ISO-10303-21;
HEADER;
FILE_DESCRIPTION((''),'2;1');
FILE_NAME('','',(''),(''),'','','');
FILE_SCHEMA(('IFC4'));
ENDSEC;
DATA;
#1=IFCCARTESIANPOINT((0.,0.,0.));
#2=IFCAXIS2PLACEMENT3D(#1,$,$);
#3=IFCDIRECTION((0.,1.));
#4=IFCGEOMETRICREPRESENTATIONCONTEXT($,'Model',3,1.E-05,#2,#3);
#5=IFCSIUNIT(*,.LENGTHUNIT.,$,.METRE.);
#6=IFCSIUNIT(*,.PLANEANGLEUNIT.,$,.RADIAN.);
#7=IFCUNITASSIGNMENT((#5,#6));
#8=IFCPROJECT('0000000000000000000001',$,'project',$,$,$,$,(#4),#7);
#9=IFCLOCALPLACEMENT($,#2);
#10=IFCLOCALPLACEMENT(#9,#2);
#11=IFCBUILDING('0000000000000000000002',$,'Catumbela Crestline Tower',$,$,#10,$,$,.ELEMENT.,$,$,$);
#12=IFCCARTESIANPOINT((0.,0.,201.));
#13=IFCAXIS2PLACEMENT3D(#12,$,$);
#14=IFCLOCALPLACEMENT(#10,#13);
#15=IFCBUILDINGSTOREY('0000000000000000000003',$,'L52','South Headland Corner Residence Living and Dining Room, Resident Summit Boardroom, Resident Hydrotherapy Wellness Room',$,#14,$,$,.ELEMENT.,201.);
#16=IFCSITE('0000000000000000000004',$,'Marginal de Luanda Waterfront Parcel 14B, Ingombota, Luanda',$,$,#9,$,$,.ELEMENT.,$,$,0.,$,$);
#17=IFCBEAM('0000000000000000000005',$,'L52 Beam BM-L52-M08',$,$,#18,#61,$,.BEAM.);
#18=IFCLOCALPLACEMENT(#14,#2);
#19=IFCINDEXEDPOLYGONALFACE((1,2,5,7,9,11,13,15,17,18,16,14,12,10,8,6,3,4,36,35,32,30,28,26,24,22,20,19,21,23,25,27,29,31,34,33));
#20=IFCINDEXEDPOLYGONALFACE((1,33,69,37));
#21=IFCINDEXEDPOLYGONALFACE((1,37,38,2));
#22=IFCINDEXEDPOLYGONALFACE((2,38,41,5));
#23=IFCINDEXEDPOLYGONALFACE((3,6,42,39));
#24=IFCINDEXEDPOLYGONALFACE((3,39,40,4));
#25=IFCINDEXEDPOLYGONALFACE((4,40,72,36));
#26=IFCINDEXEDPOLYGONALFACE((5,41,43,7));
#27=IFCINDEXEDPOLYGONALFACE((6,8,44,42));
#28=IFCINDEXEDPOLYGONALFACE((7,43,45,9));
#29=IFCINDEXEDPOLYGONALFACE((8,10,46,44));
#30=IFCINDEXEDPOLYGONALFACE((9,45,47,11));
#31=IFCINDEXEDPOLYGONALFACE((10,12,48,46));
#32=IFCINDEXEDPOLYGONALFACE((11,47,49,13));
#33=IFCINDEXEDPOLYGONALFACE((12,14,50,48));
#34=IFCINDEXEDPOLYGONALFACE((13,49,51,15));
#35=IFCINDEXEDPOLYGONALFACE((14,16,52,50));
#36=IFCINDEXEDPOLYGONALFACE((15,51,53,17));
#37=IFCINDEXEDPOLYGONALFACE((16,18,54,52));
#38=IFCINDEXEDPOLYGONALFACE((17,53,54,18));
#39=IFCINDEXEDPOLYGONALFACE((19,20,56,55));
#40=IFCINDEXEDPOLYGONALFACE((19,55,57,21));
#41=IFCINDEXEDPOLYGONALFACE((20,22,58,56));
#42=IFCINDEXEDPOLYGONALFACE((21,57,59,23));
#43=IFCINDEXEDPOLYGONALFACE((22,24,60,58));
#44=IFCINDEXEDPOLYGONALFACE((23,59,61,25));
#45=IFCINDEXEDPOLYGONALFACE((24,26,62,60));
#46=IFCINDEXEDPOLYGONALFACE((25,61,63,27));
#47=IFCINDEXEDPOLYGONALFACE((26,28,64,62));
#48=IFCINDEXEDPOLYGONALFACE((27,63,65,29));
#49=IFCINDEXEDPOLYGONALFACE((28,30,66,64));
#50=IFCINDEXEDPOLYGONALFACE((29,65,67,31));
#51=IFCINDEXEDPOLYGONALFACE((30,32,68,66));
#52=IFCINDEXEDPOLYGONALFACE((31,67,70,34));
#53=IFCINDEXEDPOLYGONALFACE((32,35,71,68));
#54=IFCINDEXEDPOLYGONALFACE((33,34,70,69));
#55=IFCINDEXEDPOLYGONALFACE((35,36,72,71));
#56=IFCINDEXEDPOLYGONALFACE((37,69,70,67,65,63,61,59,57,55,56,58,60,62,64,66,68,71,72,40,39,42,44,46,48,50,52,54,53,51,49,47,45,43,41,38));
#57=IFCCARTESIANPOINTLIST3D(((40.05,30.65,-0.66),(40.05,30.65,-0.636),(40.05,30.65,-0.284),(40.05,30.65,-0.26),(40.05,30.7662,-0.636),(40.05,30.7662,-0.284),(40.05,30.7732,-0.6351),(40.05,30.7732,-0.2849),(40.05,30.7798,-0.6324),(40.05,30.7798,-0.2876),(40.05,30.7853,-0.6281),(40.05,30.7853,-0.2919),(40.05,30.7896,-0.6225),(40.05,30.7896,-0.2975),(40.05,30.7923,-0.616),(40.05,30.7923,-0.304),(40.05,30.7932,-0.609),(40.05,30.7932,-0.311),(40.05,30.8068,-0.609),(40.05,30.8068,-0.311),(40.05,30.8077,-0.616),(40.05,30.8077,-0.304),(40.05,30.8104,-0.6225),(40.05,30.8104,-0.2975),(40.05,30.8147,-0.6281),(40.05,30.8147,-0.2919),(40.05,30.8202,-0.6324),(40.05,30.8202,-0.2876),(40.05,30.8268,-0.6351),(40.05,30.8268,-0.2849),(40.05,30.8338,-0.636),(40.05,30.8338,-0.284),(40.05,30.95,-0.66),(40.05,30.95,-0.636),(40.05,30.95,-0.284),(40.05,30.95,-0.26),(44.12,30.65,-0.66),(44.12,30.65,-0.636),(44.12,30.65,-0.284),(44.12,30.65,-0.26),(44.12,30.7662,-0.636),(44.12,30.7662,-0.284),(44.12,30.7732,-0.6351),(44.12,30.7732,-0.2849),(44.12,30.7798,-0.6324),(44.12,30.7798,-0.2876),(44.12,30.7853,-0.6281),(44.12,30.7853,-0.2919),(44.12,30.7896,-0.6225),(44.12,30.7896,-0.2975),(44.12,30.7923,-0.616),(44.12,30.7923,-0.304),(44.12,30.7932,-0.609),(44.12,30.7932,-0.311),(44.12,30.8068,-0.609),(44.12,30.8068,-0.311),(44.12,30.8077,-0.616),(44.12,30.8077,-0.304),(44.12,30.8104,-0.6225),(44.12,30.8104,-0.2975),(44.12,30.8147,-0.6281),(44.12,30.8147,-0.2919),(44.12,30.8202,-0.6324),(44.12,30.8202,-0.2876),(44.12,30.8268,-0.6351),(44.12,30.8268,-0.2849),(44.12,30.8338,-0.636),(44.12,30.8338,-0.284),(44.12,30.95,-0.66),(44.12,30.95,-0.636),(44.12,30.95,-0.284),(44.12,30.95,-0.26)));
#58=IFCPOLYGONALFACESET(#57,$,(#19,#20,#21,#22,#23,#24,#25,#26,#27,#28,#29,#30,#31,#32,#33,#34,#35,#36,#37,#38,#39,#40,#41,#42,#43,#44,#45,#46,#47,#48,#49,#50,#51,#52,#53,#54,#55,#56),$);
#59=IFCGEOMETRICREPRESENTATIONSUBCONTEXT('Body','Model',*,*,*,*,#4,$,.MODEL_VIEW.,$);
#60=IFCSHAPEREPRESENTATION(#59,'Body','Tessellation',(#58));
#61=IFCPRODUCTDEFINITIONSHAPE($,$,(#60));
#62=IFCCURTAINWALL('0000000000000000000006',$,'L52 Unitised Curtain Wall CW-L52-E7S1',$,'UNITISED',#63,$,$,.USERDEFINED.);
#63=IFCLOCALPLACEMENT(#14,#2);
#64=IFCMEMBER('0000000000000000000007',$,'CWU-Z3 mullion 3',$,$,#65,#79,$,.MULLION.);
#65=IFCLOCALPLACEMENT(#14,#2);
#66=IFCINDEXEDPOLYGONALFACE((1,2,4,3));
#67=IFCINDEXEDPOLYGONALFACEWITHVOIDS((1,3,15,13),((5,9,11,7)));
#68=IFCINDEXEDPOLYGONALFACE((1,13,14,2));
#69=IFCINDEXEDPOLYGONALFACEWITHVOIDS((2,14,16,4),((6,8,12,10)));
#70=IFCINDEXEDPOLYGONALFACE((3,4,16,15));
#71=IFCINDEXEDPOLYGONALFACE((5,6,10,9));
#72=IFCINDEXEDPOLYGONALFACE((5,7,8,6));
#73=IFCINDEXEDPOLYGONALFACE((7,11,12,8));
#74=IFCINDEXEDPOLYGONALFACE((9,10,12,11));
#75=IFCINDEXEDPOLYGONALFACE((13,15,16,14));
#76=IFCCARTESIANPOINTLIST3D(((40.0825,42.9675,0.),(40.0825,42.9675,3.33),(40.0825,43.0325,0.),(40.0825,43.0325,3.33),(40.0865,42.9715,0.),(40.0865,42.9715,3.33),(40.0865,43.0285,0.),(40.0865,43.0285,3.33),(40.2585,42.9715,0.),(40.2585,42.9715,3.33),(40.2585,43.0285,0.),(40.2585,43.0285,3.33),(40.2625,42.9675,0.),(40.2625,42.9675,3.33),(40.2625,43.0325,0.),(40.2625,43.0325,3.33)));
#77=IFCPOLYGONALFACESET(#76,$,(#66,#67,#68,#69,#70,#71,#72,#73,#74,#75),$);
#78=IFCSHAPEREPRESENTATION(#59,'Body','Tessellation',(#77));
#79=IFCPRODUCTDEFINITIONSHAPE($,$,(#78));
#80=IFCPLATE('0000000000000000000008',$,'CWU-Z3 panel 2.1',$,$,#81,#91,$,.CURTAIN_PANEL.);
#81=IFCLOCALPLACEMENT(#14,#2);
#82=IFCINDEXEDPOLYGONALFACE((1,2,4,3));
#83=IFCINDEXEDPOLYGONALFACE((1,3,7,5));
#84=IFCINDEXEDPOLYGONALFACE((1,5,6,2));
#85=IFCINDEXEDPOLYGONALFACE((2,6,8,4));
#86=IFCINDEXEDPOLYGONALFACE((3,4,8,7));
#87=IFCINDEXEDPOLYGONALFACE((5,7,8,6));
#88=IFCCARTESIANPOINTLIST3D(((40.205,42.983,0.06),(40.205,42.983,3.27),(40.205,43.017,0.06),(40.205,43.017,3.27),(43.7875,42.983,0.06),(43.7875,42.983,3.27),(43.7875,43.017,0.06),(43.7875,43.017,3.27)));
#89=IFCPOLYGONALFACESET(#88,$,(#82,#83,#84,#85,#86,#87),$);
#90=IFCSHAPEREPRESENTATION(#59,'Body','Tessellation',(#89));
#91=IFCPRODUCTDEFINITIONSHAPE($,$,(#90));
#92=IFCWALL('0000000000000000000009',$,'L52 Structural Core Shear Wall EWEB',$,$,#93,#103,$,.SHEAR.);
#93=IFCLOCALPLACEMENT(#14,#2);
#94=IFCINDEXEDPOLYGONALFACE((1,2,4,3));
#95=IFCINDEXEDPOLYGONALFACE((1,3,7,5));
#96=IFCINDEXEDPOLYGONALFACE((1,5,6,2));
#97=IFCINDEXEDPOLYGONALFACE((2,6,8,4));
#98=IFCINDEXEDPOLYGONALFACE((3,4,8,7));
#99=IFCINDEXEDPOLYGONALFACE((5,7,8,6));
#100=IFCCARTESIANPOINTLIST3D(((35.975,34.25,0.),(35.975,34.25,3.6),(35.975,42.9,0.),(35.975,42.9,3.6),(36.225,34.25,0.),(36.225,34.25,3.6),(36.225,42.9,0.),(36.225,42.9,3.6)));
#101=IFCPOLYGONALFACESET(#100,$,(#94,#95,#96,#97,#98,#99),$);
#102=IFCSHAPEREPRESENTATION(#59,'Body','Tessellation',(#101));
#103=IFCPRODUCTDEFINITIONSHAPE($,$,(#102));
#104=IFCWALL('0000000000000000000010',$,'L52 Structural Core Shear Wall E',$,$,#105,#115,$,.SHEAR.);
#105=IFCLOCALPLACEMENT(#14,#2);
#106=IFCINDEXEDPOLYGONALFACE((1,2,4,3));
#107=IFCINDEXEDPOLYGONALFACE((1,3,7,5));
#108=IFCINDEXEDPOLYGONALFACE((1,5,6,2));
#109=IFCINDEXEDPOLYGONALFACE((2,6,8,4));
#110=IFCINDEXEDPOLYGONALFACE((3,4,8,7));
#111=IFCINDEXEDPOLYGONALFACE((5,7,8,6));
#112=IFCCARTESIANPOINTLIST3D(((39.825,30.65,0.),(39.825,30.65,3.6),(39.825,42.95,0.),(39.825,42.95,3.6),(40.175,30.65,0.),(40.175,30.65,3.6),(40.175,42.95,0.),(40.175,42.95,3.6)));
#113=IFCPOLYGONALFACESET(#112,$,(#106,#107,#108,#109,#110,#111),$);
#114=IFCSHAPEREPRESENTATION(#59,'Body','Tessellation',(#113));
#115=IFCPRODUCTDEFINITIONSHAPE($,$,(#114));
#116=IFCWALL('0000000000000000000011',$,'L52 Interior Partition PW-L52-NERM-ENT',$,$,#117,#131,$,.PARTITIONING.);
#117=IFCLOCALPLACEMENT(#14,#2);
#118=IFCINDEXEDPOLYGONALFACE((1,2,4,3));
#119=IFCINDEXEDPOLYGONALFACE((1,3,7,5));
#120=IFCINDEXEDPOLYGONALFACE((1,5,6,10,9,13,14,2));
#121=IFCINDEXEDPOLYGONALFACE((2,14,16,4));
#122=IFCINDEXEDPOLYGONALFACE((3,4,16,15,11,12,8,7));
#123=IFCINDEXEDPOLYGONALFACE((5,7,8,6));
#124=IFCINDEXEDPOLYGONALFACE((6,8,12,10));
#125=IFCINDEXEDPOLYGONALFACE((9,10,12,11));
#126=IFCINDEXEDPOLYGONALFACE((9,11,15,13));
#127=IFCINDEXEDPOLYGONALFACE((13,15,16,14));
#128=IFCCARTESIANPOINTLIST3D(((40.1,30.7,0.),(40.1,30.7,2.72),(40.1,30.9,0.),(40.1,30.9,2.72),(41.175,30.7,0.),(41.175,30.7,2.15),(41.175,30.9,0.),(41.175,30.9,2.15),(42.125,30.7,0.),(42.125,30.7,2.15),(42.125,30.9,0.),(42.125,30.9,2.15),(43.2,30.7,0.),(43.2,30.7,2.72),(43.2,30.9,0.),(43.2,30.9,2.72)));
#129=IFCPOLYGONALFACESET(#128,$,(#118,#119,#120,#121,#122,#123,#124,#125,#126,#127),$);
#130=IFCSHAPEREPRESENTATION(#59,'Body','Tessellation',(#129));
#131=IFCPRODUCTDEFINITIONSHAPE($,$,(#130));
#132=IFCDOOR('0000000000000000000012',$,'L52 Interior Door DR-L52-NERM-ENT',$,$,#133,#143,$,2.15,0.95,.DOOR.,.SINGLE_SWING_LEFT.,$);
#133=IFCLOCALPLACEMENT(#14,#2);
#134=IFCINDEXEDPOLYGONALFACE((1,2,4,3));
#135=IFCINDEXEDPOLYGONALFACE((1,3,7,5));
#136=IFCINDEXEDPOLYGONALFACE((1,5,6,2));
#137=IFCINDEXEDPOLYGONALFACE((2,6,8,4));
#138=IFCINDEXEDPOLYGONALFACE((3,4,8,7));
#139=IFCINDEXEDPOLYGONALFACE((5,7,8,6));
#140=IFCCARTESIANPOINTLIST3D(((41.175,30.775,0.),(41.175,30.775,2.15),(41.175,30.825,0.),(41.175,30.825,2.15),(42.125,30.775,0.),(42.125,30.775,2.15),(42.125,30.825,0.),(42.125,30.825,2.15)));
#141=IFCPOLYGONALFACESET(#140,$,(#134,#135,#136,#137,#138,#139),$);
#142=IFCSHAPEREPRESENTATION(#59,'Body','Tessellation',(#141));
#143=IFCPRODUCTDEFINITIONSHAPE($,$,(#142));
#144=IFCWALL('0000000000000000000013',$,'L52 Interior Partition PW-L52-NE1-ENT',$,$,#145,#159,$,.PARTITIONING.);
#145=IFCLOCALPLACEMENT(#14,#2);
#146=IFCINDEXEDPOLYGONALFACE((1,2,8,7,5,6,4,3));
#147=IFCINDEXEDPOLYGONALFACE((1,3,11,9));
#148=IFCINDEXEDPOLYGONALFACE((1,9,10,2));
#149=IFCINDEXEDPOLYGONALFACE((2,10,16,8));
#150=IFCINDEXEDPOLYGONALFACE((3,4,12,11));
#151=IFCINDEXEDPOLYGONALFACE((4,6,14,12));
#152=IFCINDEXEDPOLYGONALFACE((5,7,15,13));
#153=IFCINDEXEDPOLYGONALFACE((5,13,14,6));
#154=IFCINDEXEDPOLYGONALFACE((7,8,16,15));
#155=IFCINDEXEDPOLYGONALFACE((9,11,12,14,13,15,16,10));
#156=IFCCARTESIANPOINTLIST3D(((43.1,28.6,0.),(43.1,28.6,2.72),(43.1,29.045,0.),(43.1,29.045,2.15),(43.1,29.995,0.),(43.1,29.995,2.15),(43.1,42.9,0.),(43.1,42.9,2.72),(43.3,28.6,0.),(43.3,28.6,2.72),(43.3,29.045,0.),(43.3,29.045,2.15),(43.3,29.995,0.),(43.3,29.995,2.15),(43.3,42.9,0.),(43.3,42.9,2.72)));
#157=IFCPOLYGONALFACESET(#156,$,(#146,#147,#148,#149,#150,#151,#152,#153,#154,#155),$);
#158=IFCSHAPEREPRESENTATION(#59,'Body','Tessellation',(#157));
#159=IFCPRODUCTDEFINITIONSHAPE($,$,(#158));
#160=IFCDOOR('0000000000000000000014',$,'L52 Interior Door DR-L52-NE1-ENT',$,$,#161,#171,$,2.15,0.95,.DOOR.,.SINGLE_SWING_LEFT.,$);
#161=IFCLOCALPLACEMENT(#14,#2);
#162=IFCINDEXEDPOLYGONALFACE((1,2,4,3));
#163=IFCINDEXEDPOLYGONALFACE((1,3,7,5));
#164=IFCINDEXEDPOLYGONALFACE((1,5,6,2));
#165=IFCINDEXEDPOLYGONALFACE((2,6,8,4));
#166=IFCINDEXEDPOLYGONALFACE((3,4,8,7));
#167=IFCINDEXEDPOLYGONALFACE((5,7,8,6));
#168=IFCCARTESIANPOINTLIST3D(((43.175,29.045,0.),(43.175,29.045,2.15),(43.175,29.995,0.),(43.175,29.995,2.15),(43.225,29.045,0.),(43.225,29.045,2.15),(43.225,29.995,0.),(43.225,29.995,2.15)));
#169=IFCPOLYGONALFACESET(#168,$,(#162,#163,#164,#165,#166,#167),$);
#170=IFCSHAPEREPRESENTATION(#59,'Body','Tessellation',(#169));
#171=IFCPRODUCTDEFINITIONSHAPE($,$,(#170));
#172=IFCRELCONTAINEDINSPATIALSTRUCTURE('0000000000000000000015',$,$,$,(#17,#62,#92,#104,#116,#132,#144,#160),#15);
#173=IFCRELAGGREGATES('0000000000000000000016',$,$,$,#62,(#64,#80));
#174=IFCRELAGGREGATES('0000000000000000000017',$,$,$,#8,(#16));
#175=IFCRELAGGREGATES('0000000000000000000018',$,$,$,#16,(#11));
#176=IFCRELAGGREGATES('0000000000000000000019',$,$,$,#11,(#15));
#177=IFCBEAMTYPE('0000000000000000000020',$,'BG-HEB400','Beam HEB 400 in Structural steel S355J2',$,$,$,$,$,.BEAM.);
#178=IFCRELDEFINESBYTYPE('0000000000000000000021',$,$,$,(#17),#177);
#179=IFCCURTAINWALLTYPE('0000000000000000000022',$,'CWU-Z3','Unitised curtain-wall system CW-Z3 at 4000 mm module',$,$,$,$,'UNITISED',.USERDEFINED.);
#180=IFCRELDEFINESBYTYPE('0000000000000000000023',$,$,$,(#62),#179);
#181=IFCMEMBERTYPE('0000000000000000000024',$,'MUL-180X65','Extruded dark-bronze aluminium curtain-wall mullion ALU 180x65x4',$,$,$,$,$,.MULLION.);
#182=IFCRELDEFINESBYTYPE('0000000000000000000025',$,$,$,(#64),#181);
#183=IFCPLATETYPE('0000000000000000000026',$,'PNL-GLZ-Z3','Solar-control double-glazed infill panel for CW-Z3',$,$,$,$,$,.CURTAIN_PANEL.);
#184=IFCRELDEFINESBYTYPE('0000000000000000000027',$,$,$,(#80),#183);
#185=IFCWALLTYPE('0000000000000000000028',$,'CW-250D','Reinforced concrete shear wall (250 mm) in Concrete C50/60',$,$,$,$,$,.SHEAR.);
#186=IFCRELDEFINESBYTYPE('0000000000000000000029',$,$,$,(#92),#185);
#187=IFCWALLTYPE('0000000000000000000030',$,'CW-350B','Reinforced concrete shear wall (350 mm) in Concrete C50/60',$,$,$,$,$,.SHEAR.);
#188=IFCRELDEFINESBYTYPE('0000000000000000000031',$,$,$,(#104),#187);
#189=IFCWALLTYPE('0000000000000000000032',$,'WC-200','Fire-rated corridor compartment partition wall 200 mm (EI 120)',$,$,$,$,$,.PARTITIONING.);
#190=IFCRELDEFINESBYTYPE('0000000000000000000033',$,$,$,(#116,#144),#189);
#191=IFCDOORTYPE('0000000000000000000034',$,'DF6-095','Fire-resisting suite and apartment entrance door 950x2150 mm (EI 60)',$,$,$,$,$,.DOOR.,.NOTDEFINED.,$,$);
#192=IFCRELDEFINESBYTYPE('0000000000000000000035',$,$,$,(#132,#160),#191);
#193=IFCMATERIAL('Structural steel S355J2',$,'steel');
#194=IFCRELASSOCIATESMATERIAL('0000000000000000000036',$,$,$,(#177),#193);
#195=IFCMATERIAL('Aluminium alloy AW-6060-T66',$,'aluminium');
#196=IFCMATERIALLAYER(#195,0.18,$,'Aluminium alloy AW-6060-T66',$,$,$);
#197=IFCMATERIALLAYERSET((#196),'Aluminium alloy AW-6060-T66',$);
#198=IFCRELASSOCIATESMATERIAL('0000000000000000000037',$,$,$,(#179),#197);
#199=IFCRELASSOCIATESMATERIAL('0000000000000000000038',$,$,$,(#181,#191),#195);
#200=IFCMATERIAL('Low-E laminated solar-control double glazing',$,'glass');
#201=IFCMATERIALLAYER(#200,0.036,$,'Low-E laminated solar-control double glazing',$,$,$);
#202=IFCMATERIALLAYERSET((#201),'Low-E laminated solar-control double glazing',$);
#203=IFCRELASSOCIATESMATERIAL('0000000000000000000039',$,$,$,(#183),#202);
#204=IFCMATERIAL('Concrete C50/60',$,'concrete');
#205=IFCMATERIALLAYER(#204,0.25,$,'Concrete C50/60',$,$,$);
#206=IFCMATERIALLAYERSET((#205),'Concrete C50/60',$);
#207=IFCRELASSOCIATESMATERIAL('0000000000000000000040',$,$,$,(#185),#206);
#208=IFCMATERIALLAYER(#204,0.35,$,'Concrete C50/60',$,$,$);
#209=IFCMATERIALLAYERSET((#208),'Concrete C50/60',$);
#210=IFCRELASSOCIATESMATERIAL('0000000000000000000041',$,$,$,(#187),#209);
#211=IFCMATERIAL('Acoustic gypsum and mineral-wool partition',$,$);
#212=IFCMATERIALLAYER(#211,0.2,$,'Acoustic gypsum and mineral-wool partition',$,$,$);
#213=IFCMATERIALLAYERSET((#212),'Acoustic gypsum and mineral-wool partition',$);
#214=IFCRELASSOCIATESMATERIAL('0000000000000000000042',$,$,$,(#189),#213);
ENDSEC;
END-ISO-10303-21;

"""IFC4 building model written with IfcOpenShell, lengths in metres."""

from ifc_helpers import new_model, si_unit, direction, frame, frame_2d, origin, origin_2d, place, context, subcontext, project, spatial, rectangle, hollow_rectangle, i_section, extrude, material, layer, layer_set, material_profile, profile_set, type_object, element, fill, aggregate, save


model = new_model("IFC4")

# Units and contexts
model_context = context("Model", 3, precision=1e-05, world=origin(), true_north=direction((0.0, 1.0)))
body_context = subcontext(model_context, "Body", "Model", "MODEL_VIEW")
ifc_project = project(units=[si_unit("LENGTHUNIT", "METRE"), si_unit("PLANEANGLEUNIT", "RADIAN")], contexts=[model_context])

# Site, building, storey
site_placement = place(None, origin())
site = spatial("IfcSite", under=ifc_project, at=site_placement, Name="Marginal de Luanda Waterfront Parcel 14B, Ingombota, Luanda", CompositionType="ELEMENT", RefElevation=0.0)
building_placement = place(site_placement, origin())
building = spatial("IfcBuilding", under=site, at=building_placement, Name="Catumbela Crestline Tower", CompositionType="ELEMENT")
storey_placement = place(building_placement, frame((0.0, 0.0, 201.0)))
storey = spatial("IfcBuildingStorey", under=building, at=storey_placement, Name="L52", Description="South Headland Corner Residence Living and Dining Room, Resident Summit Boardroom, Resident Hydrotherapy Wellness Room", CompositionType="ELEMENT", Elevation=201.0)

# Beam
ifc_material_1 = material(Name="Structural steel S355J2", Category="steel")
ifc_material_profile_1 = material_profile(ifc_material_1, i_section(OverallWidth=0.3, OverallDepth=0.4, WebThickness=0.0135, FlangeThickness=0.024, FilletRadius=0.027, at=origin_2d()), Name="HEB 400")
ifc_profile_set_1 = profile_set([ifc_material_profile_1], Name="Structural steel S355J2")
beam_type = type_object("IfcBeamType", Name="BG-HEB400", Description="Beam HEB 400 in Structural steel S355J2", PredefinedType="BEAM", material=ifc_profile_set_1)
beam_placement = place(storey_placement, frame((40.05, 30.8, -0.46), z_axis=(1.0, 0.0, 0.0), x_axis=(0.0, 1.0, 0.0)))
element("IfcBeam", 1, at=beam_placement, inside=storey, type_object=beam_type, Name="L52 Beam BM-L52-M08", PredefinedType="BEAM", context=body_context, shape_type="SweptSolid", body=[
    extrude(i_section(OverallWidth=0.3, OverallDepth=0.4, WebThickness=0.0135, FlangeThickness=0.024, FilletRadius=0.027, at=origin_2d()), origin(), (0.0, 0.0, 1.0), 4.07),
])

# Curtain wall, member, plate
ifc_material_2 = material(Name="Aluminium alloy AW-6060-T66", Category="aluminium")
ifc_layer_1 = layer(ifc_material_2, 0.18, Name="Aluminium alloy AW-6060-T66")
ifc_layer_set_1 = layer_set([ifc_layer_1], Name="Aluminium alloy AW-6060-T66")
curtain_wall_type = type_object("IfcCurtainWallType", Name="CWU-Z3", Description="Unitised curtain-wall system CW-Z3 at 4000 mm module", ElementType="UNITISED", PredefinedType="USERDEFINED", material=ifc_layer_set_1)
curtain_wall_placement = place(storey_placement, origin())
curtain_wall = element("IfcCurtainWall", 2, at=curtain_wall_placement, inside=storey, type_object=curtain_wall_type, Name="L52 Unitised Curtain Wall CW-L52-E7S1", ObjectType="UNITISED", PredefinedType="USERDEFINED")
ifc_material_profile_2 = material_profile(ifc_material_2, hollow_rectangle(XDim=0.065, YDim=0.18, WallThickness=0.004, at=origin_2d()), Name="ALU 180x65x4")
ifc_profile_set_2 = profile_set([ifc_material_profile_2], Name="Aluminium alloy AW-6060-T66")
member_type = type_object("IfcMemberType", Name="MUL-180X65", Description="Extruded dark-bronze aluminium curtain-wall mullion ALU 180x65x4", PredefinedType="MULLION", material=ifc_profile_set_2)
member_placement = place(storey_placement, frame((40.1725, 43.0, 0.0), z_axis=(0.0, 0.0, 1.0), x_axis=(0.0, -1.0, 0.0)))
member = element("IfcMember", 3, at=member_placement, type_object=member_type, Name="CWU-Z3 mullion 3", PredefinedType="MULLION", context=body_context, shape_type="SweptSolid", body=[
    extrude(hollow_rectangle(XDim=0.065, YDim=0.18, WallThickness=0.004, at=origin_2d()), origin(), (0.0, 0.0, 1.0), 3.33),
])
ifc_material_3 = material(Name="Low-E laminated solar-control double glazing", Category="glass")
ifc_layer_2 = layer(ifc_material_3, 0.036, Name="Low-E laminated solar-control double glazing")
ifc_layer_set_2 = layer_set([ifc_layer_2], Name="Low-E laminated solar-control double glazing")
plate_type = type_object("IfcPlateType", Name="PNL-GLZ-Z3", Description="Solar-control double-glazed infill panel for CW-Z3", PredefinedType="CURTAIN_PANEL", material=ifc_layer_set_2)
plate_placement = place(storey_placement, frame((41.9963, 43.0, 0.06), z_axis=(0.0, 0.0, 1.0), x_axis=(-1.0, 0.0, 0.0)))
plate = element("IfcPlate", 4, at=plate_placement, type_object=plate_type, Name="CWU-Z3 panel 2.1", PredefinedType="CURTAIN_PANEL", context=body_context, shape_type="SweptSolid", body=[
    extrude(rectangle(XDim=3.5825, YDim=0.034, at=origin_2d()), origin(), (0.0, 0.0, 1.0), 3.21),
])
aggregate(curtain_wall, [member, plate])

# Walls
ifc_material_4 = material(Name="Concrete C50/60", Category="concrete")
ifc_layer_3 = layer(ifc_material_4, 0.25, Name="Concrete C50/60")
ifc_layer_set_3 = layer_set([ifc_layer_3], Name="Concrete C50/60")
wall_type_1 = type_object("IfcWallType", Name="CW-250D", Description="Reinforced concrete shear wall (250 mm) in Concrete C50/60", PredefinedType="SHEAR", material=ifc_layer_set_3)
wall_1_placement = place(storey_placement, frame((36.1, 34.25, 0.0), z_axis=(0.0, 0.0, 1.0), x_axis=(0.0, 1.0, 0.0)))
element("IfcWall", 5, at=wall_1_placement, inside=storey, type_object=wall_type_1, Name="L52 Structural Core Shear Wall EWEB", PredefinedType="SHEAR", context=body_context, shape_type="SweptSolid", body=[
    extrude(rectangle(XDim=8.65, YDim=0.25, at=frame_2d((4.325, 0.0))), origin(), (0.0, 0.0, 1.0), 3.6),
])
ifc_layer_4 = layer(ifc_material_4, 0.35, Name="Concrete C50/60")
ifc_layer_set_4 = layer_set([ifc_layer_4], Name="Concrete C50/60")
wall_type_2 = type_object("IfcWallType", Name="CW-350B", Description="Reinforced concrete shear wall (350 mm) in Concrete C50/60", PredefinedType="SHEAR", material=ifc_layer_set_4)
wall_2_placement = place(storey_placement, frame((40.0, 30.65, 0.0), z_axis=(0.0, 0.0, 1.0), x_axis=(0.0, 1.0, 0.0)))
element("IfcWall", 6, at=wall_2_placement, inside=storey, type_object=wall_type_2, Name="L52 Structural Core Shear Wall E", PredefinedType="SHEAR", context=body_context, shape_type="SweptSolid", body=[
    extrude(rectangle(XDim=12.3, YDim=0.35, at=frame_2d((6.15, 0.0))), origin(), (0.0, 0.0, 1.0), 3.6),
])

# Walls, openings, doors
ifc_material_5 = material(Name="Acoustic gypsum and mineral-wool partition")
ifc_layer_5 = layer(ifc_material_5, 0.2, Name="Acoustic gypsum and mineral-wool partition")
ifc_layer_set_5 = layer_set([ifc_layer_5], Name="Acoustic gypsum and mineral-wool partition")
wall_type_3 = type_object("IfcWallType", Name="WC-200", Description="Fire-rated corridor compartment partition wall 200 mm (EI 120)", PredefinedType="PARTITIONING", material=ifc_layer_set_5)
wall_3_placement = place(storey_placement, frame((40.1, 30.8, 0.0), z_axis=(0.0, 0.0, 1.0), x_axis=(1.0, 0.0, 0.0)))
wall_3 = element("IfcWall", 7, at=wall_3_placement, inside=storey, type_object=wall_type_3, Name="L52 Interior Partition PW-L52-NERM-ENT", PredefinedType="PARTITIONING", context=body_context, shape_type="SweptSolid", body=[
    extrude(rectangle(XDim=3.1, YDim=0.2, at=frame_2d((1.55, 0.0))), origin(), (0.0, 0.0, 1.0), 2.72),
])
opening_1_placement = place(wall_3_placement, frame((1.075, 0.0, 0.0)))
opening_1 = element("IfcOpeningElement", 8, at=opening_1_placement, cuts=wall_3, PredefinedType="OPENING", context=body_context, shape_type="SweptSolid", body=[
    extrude(rectangle(XDim=0.95, YDim=2.15, at=frame_2d((0.475, 1.075))), frame((0.0, 0.11, 0.0), z_axis=(0.0, -1.0, 0.0), x_axis=(1.0, 0.0, 0.0)), (0.0, 0.0, 1.0), 0.22),
])
door_type_1 = type_object("IfcDoorType", Name="DF6-095", Description="Fire-resisting suite and apartment entrance door 950x2150 mm (EI 60)", OperationType="NOTDEFINED", PredefinedType="DOOR", material=ifc_material_2)
door_1_placement = place(opening_1_placement, origin())
door_1 = element("IfcDoor", 9, at=door_1_placement, inside=storey, type_object=door_type_1, Name="L52 Interior Door DR-L52-NERM-ENT", OperationType="SINGLE_SWING_LEFT", OverallHeight=2.15, OverallWidth=0.95, PredefinedType="DOOR", context=body_context, shape_type="SweptSolid", body=[
    extrude(rectangle(XDim=0.95, YDim=2.15, at=frame_2d((0.475, 1.075))), frame((0.0, 0.025, 0.0), z_axis=(0.0, -1.0, 0.0), x_axis=(1.0, 0.0, 0.0)), (0.0, 0.0, 1.0), 0.05),
])
fill(opening_1, door_1)
wall_4_placement = place(storey_placement, frame((43.2, 28.6, 0.0), z_axis=(0.0, 0.0, 1.0), x_axis=(0.0, 1.0, 0.0)))
wall_4 = element("IfcWall", 10, at=wall_4_placement, inside=storey, type_object=wall_type_3, Name="L52 Interior Partition PW-L52-NE1-ENT", PredefinedType="PARTITIONING", context=body_context, shape_type="SweptSolid", body=[
    extrude(rectangle(XDim=14.3, YDim=0.2, at=frame_2d((7.15, 0.0))), origin(), (0.0, 0.0, 1.0), 2.72),
])
opening_2_placement = place(wall_4_placement, frame((0.445, 0.0, 0.0)))
opening_2 = element("IfcOpeningElement", 11, at=opening_2_placement, cuts=wall_4, PredefinedType="OPENING", context=body_context, shape_type="SweptSolid", body=[
    extrude(rectangle(XDim=0.95, YDim=2.15, at=frame_2d((0.475, 1.075))), frame((0.0, 0.11, 0.0), z_axis=(0.0, -1.0, 0.0), x_axis=(1.0, 0.0, 0.0)), (0.0, 0.0, 1.0), 0.22),
])
door_2_placement = place(opening_2_placement, origin())
door_2 = element("IfcDoor", 12, at=door_2_placement, inside=storey, type_object=door_type_1, Name="L52 Interior Door DR-L52-NE1-ENT", OperationType="SINGLE_SWING_LEFT", OverallHeight=2.15, OverallWidth=0.95, PredefinedType="DOOR", context=body_context, shape_type="SweptSolid", body=[
    extrude(rectangle(XDim=0.95, YDim=2.15, at=frame_2d((0.475, 1.075))), frame((0.0, 0.025, 0.0), z_axis=(0.0, -1.0, 0.0), x_axis=(1.0, 0.0, 0.0)), (0.0, 0.0, 1.0), 0.05),
])
fill(opening_2, door_2)

save(model, "model.ifc")
